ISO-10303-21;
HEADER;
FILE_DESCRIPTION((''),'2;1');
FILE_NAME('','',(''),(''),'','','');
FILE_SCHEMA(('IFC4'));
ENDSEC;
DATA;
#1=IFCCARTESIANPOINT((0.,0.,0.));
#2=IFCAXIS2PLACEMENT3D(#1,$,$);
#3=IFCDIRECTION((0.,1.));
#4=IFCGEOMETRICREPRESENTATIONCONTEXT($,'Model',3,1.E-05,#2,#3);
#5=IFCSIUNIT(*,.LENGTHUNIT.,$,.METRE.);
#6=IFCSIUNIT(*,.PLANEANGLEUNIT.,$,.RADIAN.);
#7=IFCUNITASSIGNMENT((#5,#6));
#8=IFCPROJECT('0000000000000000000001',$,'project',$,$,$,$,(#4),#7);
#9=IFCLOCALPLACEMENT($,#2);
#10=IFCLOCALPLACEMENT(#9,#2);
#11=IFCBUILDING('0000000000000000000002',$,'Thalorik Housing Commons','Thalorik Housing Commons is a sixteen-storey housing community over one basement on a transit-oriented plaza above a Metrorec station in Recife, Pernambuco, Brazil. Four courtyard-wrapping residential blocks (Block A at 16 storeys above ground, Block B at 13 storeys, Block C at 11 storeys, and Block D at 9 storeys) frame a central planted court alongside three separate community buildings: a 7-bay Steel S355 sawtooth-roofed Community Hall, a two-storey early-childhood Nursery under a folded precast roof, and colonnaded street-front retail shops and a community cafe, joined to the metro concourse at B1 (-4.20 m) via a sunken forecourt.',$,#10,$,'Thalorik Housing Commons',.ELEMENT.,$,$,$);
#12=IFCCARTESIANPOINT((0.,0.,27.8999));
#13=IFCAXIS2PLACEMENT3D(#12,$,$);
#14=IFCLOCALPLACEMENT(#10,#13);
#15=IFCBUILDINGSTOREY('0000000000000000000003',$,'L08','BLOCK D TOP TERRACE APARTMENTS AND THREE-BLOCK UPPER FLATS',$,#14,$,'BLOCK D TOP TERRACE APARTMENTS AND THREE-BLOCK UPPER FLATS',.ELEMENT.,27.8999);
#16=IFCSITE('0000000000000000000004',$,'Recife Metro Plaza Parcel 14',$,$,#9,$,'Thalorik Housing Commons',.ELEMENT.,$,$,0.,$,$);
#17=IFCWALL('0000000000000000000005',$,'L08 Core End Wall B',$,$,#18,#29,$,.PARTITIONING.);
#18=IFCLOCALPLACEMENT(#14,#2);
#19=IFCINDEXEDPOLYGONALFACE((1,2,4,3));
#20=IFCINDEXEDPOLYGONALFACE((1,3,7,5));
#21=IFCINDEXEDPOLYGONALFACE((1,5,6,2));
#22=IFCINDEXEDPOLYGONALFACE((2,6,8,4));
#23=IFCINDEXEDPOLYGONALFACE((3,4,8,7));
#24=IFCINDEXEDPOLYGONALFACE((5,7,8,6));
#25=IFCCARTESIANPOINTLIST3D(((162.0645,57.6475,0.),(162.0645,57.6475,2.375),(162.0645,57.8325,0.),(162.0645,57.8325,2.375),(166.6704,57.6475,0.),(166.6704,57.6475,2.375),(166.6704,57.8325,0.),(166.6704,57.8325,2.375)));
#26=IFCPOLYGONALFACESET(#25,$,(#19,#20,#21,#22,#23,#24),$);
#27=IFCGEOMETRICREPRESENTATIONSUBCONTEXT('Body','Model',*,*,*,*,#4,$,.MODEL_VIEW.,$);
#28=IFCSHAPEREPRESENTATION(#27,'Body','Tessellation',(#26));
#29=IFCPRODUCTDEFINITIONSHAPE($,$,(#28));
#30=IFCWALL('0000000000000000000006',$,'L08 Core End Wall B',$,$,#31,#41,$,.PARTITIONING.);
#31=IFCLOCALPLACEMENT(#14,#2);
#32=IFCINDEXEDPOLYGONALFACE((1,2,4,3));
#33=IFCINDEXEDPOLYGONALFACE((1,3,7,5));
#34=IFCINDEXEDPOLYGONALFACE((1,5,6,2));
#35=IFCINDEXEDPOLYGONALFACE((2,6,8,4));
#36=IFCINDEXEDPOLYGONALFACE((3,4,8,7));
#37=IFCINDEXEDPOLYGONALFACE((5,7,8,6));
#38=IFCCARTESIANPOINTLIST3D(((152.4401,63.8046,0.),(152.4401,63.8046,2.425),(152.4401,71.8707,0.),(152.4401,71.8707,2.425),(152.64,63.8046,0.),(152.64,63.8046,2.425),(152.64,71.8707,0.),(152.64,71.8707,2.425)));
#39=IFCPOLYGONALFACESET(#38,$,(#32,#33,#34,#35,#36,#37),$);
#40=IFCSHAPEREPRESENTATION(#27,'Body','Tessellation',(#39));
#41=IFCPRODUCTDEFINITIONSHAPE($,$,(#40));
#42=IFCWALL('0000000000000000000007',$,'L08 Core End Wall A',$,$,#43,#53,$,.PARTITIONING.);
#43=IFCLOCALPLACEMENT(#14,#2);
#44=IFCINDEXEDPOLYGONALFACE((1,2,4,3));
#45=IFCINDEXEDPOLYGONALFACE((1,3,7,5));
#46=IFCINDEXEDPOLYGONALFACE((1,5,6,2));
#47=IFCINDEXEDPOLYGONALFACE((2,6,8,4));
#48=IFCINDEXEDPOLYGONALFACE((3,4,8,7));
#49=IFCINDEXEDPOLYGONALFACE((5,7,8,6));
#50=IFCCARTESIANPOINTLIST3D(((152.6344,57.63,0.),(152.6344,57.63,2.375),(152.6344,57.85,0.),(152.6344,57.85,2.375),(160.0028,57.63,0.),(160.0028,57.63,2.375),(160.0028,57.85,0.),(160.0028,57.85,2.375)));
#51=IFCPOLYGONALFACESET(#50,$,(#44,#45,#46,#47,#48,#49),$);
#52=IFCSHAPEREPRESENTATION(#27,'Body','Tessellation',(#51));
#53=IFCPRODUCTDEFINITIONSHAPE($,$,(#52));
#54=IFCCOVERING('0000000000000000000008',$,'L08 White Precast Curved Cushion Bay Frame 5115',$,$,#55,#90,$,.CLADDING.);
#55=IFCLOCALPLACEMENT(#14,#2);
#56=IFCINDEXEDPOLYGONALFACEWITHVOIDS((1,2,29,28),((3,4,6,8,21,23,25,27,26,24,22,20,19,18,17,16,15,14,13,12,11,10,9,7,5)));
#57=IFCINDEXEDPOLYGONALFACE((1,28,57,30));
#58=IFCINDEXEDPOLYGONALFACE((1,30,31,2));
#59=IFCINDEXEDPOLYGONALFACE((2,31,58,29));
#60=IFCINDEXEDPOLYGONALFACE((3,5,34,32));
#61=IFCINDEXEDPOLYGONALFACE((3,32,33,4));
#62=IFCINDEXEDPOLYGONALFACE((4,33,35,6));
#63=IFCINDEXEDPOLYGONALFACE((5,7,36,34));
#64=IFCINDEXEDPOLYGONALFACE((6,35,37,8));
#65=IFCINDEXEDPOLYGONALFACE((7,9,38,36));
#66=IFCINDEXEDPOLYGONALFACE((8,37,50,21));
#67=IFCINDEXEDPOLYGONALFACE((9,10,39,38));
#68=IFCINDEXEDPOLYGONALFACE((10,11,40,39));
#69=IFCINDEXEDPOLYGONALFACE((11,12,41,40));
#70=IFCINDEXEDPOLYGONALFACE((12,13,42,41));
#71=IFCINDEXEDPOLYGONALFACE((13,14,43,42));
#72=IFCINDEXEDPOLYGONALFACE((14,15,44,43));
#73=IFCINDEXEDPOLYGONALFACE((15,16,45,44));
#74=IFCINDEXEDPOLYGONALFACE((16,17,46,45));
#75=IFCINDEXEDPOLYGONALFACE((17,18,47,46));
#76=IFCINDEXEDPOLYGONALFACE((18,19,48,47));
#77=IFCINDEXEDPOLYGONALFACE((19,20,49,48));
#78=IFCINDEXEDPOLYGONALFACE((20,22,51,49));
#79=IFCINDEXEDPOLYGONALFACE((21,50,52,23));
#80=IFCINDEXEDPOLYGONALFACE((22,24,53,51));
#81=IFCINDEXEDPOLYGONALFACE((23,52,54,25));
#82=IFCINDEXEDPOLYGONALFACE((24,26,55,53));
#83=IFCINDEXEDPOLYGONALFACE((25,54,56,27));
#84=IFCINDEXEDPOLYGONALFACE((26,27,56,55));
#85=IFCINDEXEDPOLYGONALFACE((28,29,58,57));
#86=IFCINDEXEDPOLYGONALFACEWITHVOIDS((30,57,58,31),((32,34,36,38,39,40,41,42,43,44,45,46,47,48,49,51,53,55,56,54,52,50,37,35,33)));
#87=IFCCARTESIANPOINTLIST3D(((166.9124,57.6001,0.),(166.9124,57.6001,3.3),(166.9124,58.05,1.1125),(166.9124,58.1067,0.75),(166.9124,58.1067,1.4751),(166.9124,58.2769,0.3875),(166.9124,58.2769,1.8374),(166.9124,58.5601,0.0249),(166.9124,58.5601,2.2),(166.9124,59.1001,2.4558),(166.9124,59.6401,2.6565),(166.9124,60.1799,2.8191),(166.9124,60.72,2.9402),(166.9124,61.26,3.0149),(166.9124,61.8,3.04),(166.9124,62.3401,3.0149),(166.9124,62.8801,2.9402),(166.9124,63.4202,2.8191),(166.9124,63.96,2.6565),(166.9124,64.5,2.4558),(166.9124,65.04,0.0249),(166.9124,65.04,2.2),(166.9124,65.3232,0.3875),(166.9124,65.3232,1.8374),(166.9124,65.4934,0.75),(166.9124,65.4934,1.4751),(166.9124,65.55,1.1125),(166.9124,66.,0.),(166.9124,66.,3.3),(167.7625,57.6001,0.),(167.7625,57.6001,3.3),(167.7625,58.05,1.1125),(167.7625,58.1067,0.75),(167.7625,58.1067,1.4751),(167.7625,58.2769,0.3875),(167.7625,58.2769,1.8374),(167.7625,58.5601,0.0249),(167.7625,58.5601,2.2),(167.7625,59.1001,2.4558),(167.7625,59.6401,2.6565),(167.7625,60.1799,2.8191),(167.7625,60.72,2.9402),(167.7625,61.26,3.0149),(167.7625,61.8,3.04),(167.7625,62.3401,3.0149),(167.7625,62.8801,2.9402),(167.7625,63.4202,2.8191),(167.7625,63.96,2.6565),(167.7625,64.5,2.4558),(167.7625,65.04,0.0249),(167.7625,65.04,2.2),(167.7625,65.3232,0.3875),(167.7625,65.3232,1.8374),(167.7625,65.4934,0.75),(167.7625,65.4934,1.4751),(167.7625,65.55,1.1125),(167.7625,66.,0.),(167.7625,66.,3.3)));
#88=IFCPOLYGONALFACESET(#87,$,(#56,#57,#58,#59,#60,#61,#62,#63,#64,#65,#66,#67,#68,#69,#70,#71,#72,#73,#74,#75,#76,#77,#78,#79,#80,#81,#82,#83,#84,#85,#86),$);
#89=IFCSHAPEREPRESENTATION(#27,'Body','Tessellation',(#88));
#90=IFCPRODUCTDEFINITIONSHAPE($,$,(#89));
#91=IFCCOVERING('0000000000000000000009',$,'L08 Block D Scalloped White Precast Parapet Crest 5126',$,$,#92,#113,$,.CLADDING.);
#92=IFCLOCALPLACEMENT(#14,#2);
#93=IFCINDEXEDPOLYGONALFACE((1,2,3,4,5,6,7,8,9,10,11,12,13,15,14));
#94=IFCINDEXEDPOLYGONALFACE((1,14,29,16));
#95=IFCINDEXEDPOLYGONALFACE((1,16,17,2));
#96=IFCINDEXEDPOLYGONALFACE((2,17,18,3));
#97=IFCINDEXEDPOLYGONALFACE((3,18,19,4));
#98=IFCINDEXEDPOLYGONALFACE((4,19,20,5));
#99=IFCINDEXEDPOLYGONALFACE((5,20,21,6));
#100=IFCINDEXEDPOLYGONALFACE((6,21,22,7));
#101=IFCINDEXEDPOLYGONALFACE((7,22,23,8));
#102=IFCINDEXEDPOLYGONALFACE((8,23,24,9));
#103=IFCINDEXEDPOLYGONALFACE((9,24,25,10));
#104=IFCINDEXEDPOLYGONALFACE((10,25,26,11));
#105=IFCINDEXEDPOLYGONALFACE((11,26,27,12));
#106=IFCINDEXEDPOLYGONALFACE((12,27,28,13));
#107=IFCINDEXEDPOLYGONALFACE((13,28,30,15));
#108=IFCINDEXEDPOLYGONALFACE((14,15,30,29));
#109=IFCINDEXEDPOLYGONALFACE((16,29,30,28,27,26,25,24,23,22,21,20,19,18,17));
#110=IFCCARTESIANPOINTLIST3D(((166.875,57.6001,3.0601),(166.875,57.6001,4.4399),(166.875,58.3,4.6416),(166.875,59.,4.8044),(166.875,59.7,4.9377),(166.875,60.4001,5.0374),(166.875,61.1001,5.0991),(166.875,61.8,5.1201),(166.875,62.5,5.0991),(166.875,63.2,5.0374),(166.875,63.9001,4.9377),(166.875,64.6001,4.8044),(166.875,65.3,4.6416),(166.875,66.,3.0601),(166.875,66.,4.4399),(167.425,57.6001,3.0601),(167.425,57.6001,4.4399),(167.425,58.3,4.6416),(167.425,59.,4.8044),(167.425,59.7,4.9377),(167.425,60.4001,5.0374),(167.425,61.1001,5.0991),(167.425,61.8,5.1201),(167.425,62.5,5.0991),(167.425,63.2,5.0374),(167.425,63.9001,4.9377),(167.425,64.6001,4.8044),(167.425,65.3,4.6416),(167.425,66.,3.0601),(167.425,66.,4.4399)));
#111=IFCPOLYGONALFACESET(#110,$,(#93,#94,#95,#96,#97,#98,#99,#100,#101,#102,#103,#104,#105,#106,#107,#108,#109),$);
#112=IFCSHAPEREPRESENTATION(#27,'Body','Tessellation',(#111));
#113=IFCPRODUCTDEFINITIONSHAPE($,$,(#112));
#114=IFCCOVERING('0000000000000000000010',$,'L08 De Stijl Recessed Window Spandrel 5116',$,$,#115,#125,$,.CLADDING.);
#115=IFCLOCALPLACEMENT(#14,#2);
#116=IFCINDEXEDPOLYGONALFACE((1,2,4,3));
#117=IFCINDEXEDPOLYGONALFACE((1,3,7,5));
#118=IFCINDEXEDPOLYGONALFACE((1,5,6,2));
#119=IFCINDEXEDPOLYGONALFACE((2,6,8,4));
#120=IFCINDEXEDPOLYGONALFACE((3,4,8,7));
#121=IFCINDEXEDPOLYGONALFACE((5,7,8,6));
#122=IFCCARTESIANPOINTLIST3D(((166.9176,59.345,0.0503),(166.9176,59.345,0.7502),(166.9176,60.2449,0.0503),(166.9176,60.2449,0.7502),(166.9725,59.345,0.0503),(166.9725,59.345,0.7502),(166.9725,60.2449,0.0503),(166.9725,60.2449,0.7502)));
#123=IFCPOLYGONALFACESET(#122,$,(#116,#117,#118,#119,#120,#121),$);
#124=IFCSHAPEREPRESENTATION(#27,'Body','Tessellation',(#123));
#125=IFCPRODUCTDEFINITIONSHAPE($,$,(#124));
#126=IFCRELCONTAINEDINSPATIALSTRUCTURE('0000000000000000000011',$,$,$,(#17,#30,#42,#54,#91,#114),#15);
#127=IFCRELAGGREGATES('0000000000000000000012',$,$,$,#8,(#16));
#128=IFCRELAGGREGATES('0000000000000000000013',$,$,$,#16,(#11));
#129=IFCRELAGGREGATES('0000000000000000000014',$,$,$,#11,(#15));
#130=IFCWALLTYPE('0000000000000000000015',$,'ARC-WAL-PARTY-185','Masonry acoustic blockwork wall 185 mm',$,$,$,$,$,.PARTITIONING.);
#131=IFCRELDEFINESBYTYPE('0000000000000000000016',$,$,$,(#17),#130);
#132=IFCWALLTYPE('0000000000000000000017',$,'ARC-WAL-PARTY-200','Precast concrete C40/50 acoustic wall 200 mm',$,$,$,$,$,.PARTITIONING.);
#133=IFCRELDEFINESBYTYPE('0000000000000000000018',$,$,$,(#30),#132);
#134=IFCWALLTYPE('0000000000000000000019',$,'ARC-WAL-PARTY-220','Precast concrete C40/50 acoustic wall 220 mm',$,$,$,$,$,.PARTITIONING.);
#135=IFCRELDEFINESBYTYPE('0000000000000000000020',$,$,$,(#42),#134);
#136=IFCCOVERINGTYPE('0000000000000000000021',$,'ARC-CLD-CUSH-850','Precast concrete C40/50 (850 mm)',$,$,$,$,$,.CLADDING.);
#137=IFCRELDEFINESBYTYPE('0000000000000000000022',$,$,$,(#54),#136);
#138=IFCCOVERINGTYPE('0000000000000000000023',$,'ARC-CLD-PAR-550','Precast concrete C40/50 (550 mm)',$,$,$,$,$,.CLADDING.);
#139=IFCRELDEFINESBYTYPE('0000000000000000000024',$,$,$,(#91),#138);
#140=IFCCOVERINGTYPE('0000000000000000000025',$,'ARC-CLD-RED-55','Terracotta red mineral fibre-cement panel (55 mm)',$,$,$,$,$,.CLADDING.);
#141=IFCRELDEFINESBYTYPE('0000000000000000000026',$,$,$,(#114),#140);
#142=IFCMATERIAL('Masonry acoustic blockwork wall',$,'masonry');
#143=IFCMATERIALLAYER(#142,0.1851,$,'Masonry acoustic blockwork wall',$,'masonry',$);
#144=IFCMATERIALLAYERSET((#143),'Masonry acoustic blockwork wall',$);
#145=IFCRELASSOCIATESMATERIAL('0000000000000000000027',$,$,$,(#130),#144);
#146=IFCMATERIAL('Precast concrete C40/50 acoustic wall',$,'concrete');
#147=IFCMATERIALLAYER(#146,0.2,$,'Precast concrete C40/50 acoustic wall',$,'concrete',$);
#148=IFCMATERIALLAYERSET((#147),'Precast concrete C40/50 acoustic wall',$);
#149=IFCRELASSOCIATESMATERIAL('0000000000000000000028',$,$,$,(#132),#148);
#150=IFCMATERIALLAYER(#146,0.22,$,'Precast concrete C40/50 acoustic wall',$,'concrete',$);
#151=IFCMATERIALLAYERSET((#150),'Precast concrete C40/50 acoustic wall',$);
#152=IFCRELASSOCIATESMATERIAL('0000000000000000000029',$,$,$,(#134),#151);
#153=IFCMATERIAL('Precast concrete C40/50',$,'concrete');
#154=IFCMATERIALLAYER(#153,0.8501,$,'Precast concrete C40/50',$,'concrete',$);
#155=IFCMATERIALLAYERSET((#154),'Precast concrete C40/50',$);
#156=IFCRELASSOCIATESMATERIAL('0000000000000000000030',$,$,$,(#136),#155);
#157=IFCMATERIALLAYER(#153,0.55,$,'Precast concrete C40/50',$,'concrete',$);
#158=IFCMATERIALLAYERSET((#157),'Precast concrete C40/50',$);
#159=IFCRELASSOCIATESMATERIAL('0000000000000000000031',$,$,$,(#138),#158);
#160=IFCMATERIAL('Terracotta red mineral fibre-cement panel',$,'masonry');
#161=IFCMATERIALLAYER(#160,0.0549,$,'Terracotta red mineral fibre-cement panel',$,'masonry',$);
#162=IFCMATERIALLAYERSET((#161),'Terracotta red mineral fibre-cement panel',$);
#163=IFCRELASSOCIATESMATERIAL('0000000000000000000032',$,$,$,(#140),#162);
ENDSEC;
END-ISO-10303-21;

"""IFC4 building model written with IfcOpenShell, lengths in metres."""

from ifc_helpers import new_model, si_unit, direction, frame, frame_2d, origin, origin_2d, place, context, subcontext, project, spatial, polyline, rectangle, outline, extrude, material, layer, layer_set, type_object, element, save


model = new_model("IFC4")

# Units and contexts
model_context = context("Model", 3, precision=1e-05, world=origin(), true_north=direction((0.0, 1.0)))
body_context = subcontext(model_context, "Body", "Model", "MODEL_VIEW")
ifc_project = project(units=[si_unit("LENGTHUNIT", "METRE"), si_unit("PLANEANGLEUNIT", "RADIAN")], contexts=[model_context])

# Site, building, storey
site_placement = place(None, origin())
site = spatial("IfcSite", under=ifc_project, at=site_placement, Name="Recife Metro Plaza Parcel 14", LongName="Thalorik Housing Commons", CompositionType="ELEMENT", RefElevation=0.0)
building_placement = place(site_placement, origin())
building = spatial("IfcBuilding", under=site, at=building_placement, Name="Thalorik Housing Commons", Description="Thalorik Housing Commons is a sixteen-storey housing community over one basement on a transit-oriented plaza above a Metrorec station in Recife, Pernambuco, Brazil. Four courtyard-wrapping residential blocks (Block A at 16 storeys above ground, Block B at 13 storeys, Block C at 11 storeys, and Block D at 9 storeys) frame a central planted court alongside three separate community buildings: a 7-bay Steel S355 sawtooth-roofed Community Hall, a two-storey early-childhood Nursery under a folded precast roof, and colonnaded street-front retail shops and a community cafe, joined to the metro concourse at B1 (-4.20 m) via a sunken forecourt.", LongName="Thalorik Housing Commons", CompositionType="ELEMENT")
storey_placement = place(building_placement, frame((0.0, 0.0, 27.8999)))
storey = spatial("IfcBuildingStorey", under=building, at=storey_placement, Name="L08", Description="BLOCK D TOP TERRACE APARTMENTS AND THREE-BLOCK UPPER FLATS", LongName="BLOCK D TOP TERRACE APARTMENTS AND THREE-BLOCK UPPER FLATS", CompositionType="ELEMENT", Elevation=27.8999)

# Shared definitions
ifc_material_1 = material(Name="Precast concrete C40/50", Category="concrete")

# Walls
ifc_material_2 = material(Name="Masonry acoustic blockwork wall", Category="masonry")
ifc_layer_1 = layer(ifc_material_2, 0.1851, Name="Masonry acoustic blockwork wall", Category="masonry")
ifc_layer_set_1 = layer_set([ifc_layer_1], Name="Masonry acoustic blockwork wall")
wall_type_1 = type_object("IfcWallType", Name="ARC-WAL-PARTY-185", Description="Masonry acoustic blockwork wall 185 mm", PredefinedType="PARTITIONING", material=ifc_layer_set_1)
wall_1_placement = place(storey_placement, frame((162.0645, 57.74, 0.0), z_axis=(0.0, 0.0, 1.0), x_axis=(1.0, 0.0, 0.0)))
element("IfcWall", 1, at=wall_1_placement, inside=storey, type_object=wall_type_1, Name="L08 Core End Wall B", PredefinedType="PARTITIONING", context=body_context, shape_type="SweptSolid", body=[
    extrude(rectangle(XDim=4.606, YDim=0.1851, at=frame_2d((2.303, 0.0))), origin(), (0.0, 0.0, 1.0), 2.375),
])
ifc_material_3 = material(Name="Precast concrete C40/50 acoustic wall", Category="concrete")
ifc_layer_2 = layer(ifc_material_3, 0.2, Name="Precast concrete C40/50 acoustic wall", Category="concrete")
ifc_layer_set_2 = layer_set([ifc_layer_2], Name="Precast concrete C40/50 acoustic wall")
wall_type_2 = type_object("IfcWallType", Name="ARC-WAL-PARTY-200", Description="Precast concrete C40/50 acoustic wall 200 mm", PredefinedType="PARTITIONING", material=ifc_layer_set_2)
wall_2_placement = place(storey_placement, frame((152.54, 63.8044, 0.0), z_axis=(0.0, 0.0, 1.0), x_axis=(0.0, 1.0, 0.0)))
element("IfcWall", 2, at=wall_2_placement, inside=storey, type_object=wall_type_2, Name="L08 Core End Wall B", PredefinedType="PARTITIONING", context=body_context, shape_type="SweptSolid", body=[
    extrude(rectangle(XDim=8.0662, YDim=0.2, at=frame_2d((4.0332, 0.0))), origin(), (0.0, 0.0, 1.0), 2.425),
])
ifc_layer_3 = layer(ifc_material_3, 0.22, Name="Precast concrete C40/50 acoustic wall", Category="concrete")
ifc_layer_set_3 = layer_set([ifc_layer_3], Name="Precast concrete C40/50 acoustic wall")
wall_type_3 = type_object("IfcWallType", Name="ARC-WAL-PARTY-220", Description="Precast concrete C40/50 acoustic wall 220 mm", PredefinedType="PARTITIONING", material=ifc_layer_set_3)
wall_3_placement = place(storey_placement, frame((152.6345, 57.74, 0.0), z_axis=(0.0, 0.0, 1.0), x_axis=(1.0, 0.0, 0.0)))
element("IfcWall", 3, at=wall_3_placement, inside=storey, type_object=wall_type_3, Name="L08 Core End Wall A", PredefinedType="PARTITIONING", context=body_context, shape_type="SweptSolid", body=[
    extrude(rectangle(XDim=7.3684, YDim=0.22, at=frame_2d((3.6841, 0.0))), origin(), (0.0, 0.0, 1.0), 2.375),
])

# Coverings
ifc_layer_4 = layer(ifc_material_1, 0.8501, Name="Precast concrete C40/50", Category="concrete")
ifc_layer_set_4 = layer_set([ifc_layer_4], Name="Precast concrete C40/50")
covering_type_1 = type_object("IfcCoveringType", Name="ARC-CLD-CUSH-850", Description="Precast concrete C40/50 (850 mm)", PredefinedType="CLADDING", material=ifc_layer_set_4)
covering_1_placement = place(storey_placement, frame((167.3374, 61.8, 0.0), z_axis=(0.0, 0.0, 1.0), x_axis=(0.0, 1.0, 0.0)))
element("IfcCovering", 4, at=covering_1_placement, inside=storey, type_object=covering_type_1, Name="L08 White Precast Curved Cushion Bay Frame 5115", PredefinedType="CLADDING", context=body_context, shape_type="SweptSolid", body=[
    extrude(outline(polyline([(-4.2, 0.0), (4.2, 0.0), (4.2, 3.3), (-4.2, 3.3), (-4.2, 0.0)]), holes=[polyline([(3.24, 0.0249), (3.5232, 0.3875), (3.6934, 0.75), (3.75, 1.1125), (3.6934, 1.4751), (3.5232, 1.8374), (3.24, 2.2), (2.7, 2.4558), (2.1599, 2.6565), (1.6201, 2.8191), (1.0801, 2.9402), (0.54, 3.0149), (0.0, 3.04), (-0.54, 3.0149), (-1.0801, 2.9402), (-1.6201, 2.8191), (-2.1599, 2.6565), (-2.7, 2.4558), (-3.24, 2.2), (-3.5232, 1.8374), (-3.6934, 1.4751), (-3.75, 1.1125), (-3.6934, 0.75), (-3.5232, 0.3875), (-3.24, 0.0249), (3.24, 0.0249)])]), frame((0.0, 0.425, 0.0), z_axis=(0.0, -1.0, 0.0), x_axis=(1.0, 0.0, 0.0)), (0.0, 0.0, 1.0), 0.8501),
])
ifc_layer_5 = layer(ifc_material_1, 0.55, Name="Precast concrete C40/50", Category="concrete")
ifc_layer_set_5 = layer_set([ifc_layer_5], Name="Precast concrete C40/50")
covering_type_2 = type_object("IfcCoveringType", Name="ARC-CLD-PAR-550", Description="Precast concrete C40/50 (550 mm)", PredefinedType="CLADDING", material=ifc_layer_set_5)
covering_2_placement = place(storey_placement, frame((167.1499, 61.8, 3.0601), z_axis=(0.0, 0.0, 1.0), x_axis=(0.0, 1.0, 0.0)))
element("IfcCovering", 5, at=covering_2_placement, inside=storey, type_object=covering_type_2, Name="L08 Block D Scalloped White Precast Parapet Crest 5126", PredefinedType="CLADDING", context=body_context, shape_type="SweptSolid", body=[
    extrude(outline(polyline([(-4.2, 0.0), (4.2, 0.0), (4.2, 1.3799), (3.5, 1.5815), (2.8, 1.7444), (2.1001, 1.8777), (1.3999, 1.9773), (0.7, 2.0391), (0.0, 2.0601), (-0.7, 2.0391), (-1.3999, 1.9773), (-2.1001, 1.8777), (-2.8, 1.7444), (-3.5, 1.5815), (-4.2, 1.3799), (-4.2, 0.0)])), frame((0.0, 0.2749, 0.0), z_axis=(0.0, -1.0, 0.0), x_axis=(1.0, 0.0, 0.0)), (0.0, 0.0, 1.0), 0.55),
])
ifc_material_4 = material(Name="Terracotta red mineral fibre-cement panel", Category="masonry")
ifc_layer_6 = layer(ifc_material_4, 0.0549, Name="Terracotta red mineral fibre-cement panel", Category="masonry")
ifc_layer_set_6 = layer_set([ifc_layer_6], Name="Terracotta red mineral fibre-cement panel")
covering_type_3 = type_object("IfcCoveringType", Name="ARC-CLD-RED-55", Description="Terracotta red mineral fibre-cement panel (55 mm)", PredefinedType="CLADDING", material=ifc_layer_set_6)
covering_3_placement = place(storey_placement, frame((166.9451, 59.7949, 0.0503), z_axis=(0.0, 0.0, 1.0), x_axis=(0.0, 1.0, 0.0)))
element("IfcCovering", 6, at=covering_3_placement, inside=storey, type_object=covering_type_3, Name="L08 De Stijl Recessed Window Spandrel 5116", PredefinedType="CLADDING", context=body_context, shape_type="SweptSolid", body=[
    extrude(rectangle(XDim=0.8999, YDim=0.0549, at=origin_2d()), origin(), (0.0, 0.0, 1.0), 0.7),
])

save(model, "model.ifc")
